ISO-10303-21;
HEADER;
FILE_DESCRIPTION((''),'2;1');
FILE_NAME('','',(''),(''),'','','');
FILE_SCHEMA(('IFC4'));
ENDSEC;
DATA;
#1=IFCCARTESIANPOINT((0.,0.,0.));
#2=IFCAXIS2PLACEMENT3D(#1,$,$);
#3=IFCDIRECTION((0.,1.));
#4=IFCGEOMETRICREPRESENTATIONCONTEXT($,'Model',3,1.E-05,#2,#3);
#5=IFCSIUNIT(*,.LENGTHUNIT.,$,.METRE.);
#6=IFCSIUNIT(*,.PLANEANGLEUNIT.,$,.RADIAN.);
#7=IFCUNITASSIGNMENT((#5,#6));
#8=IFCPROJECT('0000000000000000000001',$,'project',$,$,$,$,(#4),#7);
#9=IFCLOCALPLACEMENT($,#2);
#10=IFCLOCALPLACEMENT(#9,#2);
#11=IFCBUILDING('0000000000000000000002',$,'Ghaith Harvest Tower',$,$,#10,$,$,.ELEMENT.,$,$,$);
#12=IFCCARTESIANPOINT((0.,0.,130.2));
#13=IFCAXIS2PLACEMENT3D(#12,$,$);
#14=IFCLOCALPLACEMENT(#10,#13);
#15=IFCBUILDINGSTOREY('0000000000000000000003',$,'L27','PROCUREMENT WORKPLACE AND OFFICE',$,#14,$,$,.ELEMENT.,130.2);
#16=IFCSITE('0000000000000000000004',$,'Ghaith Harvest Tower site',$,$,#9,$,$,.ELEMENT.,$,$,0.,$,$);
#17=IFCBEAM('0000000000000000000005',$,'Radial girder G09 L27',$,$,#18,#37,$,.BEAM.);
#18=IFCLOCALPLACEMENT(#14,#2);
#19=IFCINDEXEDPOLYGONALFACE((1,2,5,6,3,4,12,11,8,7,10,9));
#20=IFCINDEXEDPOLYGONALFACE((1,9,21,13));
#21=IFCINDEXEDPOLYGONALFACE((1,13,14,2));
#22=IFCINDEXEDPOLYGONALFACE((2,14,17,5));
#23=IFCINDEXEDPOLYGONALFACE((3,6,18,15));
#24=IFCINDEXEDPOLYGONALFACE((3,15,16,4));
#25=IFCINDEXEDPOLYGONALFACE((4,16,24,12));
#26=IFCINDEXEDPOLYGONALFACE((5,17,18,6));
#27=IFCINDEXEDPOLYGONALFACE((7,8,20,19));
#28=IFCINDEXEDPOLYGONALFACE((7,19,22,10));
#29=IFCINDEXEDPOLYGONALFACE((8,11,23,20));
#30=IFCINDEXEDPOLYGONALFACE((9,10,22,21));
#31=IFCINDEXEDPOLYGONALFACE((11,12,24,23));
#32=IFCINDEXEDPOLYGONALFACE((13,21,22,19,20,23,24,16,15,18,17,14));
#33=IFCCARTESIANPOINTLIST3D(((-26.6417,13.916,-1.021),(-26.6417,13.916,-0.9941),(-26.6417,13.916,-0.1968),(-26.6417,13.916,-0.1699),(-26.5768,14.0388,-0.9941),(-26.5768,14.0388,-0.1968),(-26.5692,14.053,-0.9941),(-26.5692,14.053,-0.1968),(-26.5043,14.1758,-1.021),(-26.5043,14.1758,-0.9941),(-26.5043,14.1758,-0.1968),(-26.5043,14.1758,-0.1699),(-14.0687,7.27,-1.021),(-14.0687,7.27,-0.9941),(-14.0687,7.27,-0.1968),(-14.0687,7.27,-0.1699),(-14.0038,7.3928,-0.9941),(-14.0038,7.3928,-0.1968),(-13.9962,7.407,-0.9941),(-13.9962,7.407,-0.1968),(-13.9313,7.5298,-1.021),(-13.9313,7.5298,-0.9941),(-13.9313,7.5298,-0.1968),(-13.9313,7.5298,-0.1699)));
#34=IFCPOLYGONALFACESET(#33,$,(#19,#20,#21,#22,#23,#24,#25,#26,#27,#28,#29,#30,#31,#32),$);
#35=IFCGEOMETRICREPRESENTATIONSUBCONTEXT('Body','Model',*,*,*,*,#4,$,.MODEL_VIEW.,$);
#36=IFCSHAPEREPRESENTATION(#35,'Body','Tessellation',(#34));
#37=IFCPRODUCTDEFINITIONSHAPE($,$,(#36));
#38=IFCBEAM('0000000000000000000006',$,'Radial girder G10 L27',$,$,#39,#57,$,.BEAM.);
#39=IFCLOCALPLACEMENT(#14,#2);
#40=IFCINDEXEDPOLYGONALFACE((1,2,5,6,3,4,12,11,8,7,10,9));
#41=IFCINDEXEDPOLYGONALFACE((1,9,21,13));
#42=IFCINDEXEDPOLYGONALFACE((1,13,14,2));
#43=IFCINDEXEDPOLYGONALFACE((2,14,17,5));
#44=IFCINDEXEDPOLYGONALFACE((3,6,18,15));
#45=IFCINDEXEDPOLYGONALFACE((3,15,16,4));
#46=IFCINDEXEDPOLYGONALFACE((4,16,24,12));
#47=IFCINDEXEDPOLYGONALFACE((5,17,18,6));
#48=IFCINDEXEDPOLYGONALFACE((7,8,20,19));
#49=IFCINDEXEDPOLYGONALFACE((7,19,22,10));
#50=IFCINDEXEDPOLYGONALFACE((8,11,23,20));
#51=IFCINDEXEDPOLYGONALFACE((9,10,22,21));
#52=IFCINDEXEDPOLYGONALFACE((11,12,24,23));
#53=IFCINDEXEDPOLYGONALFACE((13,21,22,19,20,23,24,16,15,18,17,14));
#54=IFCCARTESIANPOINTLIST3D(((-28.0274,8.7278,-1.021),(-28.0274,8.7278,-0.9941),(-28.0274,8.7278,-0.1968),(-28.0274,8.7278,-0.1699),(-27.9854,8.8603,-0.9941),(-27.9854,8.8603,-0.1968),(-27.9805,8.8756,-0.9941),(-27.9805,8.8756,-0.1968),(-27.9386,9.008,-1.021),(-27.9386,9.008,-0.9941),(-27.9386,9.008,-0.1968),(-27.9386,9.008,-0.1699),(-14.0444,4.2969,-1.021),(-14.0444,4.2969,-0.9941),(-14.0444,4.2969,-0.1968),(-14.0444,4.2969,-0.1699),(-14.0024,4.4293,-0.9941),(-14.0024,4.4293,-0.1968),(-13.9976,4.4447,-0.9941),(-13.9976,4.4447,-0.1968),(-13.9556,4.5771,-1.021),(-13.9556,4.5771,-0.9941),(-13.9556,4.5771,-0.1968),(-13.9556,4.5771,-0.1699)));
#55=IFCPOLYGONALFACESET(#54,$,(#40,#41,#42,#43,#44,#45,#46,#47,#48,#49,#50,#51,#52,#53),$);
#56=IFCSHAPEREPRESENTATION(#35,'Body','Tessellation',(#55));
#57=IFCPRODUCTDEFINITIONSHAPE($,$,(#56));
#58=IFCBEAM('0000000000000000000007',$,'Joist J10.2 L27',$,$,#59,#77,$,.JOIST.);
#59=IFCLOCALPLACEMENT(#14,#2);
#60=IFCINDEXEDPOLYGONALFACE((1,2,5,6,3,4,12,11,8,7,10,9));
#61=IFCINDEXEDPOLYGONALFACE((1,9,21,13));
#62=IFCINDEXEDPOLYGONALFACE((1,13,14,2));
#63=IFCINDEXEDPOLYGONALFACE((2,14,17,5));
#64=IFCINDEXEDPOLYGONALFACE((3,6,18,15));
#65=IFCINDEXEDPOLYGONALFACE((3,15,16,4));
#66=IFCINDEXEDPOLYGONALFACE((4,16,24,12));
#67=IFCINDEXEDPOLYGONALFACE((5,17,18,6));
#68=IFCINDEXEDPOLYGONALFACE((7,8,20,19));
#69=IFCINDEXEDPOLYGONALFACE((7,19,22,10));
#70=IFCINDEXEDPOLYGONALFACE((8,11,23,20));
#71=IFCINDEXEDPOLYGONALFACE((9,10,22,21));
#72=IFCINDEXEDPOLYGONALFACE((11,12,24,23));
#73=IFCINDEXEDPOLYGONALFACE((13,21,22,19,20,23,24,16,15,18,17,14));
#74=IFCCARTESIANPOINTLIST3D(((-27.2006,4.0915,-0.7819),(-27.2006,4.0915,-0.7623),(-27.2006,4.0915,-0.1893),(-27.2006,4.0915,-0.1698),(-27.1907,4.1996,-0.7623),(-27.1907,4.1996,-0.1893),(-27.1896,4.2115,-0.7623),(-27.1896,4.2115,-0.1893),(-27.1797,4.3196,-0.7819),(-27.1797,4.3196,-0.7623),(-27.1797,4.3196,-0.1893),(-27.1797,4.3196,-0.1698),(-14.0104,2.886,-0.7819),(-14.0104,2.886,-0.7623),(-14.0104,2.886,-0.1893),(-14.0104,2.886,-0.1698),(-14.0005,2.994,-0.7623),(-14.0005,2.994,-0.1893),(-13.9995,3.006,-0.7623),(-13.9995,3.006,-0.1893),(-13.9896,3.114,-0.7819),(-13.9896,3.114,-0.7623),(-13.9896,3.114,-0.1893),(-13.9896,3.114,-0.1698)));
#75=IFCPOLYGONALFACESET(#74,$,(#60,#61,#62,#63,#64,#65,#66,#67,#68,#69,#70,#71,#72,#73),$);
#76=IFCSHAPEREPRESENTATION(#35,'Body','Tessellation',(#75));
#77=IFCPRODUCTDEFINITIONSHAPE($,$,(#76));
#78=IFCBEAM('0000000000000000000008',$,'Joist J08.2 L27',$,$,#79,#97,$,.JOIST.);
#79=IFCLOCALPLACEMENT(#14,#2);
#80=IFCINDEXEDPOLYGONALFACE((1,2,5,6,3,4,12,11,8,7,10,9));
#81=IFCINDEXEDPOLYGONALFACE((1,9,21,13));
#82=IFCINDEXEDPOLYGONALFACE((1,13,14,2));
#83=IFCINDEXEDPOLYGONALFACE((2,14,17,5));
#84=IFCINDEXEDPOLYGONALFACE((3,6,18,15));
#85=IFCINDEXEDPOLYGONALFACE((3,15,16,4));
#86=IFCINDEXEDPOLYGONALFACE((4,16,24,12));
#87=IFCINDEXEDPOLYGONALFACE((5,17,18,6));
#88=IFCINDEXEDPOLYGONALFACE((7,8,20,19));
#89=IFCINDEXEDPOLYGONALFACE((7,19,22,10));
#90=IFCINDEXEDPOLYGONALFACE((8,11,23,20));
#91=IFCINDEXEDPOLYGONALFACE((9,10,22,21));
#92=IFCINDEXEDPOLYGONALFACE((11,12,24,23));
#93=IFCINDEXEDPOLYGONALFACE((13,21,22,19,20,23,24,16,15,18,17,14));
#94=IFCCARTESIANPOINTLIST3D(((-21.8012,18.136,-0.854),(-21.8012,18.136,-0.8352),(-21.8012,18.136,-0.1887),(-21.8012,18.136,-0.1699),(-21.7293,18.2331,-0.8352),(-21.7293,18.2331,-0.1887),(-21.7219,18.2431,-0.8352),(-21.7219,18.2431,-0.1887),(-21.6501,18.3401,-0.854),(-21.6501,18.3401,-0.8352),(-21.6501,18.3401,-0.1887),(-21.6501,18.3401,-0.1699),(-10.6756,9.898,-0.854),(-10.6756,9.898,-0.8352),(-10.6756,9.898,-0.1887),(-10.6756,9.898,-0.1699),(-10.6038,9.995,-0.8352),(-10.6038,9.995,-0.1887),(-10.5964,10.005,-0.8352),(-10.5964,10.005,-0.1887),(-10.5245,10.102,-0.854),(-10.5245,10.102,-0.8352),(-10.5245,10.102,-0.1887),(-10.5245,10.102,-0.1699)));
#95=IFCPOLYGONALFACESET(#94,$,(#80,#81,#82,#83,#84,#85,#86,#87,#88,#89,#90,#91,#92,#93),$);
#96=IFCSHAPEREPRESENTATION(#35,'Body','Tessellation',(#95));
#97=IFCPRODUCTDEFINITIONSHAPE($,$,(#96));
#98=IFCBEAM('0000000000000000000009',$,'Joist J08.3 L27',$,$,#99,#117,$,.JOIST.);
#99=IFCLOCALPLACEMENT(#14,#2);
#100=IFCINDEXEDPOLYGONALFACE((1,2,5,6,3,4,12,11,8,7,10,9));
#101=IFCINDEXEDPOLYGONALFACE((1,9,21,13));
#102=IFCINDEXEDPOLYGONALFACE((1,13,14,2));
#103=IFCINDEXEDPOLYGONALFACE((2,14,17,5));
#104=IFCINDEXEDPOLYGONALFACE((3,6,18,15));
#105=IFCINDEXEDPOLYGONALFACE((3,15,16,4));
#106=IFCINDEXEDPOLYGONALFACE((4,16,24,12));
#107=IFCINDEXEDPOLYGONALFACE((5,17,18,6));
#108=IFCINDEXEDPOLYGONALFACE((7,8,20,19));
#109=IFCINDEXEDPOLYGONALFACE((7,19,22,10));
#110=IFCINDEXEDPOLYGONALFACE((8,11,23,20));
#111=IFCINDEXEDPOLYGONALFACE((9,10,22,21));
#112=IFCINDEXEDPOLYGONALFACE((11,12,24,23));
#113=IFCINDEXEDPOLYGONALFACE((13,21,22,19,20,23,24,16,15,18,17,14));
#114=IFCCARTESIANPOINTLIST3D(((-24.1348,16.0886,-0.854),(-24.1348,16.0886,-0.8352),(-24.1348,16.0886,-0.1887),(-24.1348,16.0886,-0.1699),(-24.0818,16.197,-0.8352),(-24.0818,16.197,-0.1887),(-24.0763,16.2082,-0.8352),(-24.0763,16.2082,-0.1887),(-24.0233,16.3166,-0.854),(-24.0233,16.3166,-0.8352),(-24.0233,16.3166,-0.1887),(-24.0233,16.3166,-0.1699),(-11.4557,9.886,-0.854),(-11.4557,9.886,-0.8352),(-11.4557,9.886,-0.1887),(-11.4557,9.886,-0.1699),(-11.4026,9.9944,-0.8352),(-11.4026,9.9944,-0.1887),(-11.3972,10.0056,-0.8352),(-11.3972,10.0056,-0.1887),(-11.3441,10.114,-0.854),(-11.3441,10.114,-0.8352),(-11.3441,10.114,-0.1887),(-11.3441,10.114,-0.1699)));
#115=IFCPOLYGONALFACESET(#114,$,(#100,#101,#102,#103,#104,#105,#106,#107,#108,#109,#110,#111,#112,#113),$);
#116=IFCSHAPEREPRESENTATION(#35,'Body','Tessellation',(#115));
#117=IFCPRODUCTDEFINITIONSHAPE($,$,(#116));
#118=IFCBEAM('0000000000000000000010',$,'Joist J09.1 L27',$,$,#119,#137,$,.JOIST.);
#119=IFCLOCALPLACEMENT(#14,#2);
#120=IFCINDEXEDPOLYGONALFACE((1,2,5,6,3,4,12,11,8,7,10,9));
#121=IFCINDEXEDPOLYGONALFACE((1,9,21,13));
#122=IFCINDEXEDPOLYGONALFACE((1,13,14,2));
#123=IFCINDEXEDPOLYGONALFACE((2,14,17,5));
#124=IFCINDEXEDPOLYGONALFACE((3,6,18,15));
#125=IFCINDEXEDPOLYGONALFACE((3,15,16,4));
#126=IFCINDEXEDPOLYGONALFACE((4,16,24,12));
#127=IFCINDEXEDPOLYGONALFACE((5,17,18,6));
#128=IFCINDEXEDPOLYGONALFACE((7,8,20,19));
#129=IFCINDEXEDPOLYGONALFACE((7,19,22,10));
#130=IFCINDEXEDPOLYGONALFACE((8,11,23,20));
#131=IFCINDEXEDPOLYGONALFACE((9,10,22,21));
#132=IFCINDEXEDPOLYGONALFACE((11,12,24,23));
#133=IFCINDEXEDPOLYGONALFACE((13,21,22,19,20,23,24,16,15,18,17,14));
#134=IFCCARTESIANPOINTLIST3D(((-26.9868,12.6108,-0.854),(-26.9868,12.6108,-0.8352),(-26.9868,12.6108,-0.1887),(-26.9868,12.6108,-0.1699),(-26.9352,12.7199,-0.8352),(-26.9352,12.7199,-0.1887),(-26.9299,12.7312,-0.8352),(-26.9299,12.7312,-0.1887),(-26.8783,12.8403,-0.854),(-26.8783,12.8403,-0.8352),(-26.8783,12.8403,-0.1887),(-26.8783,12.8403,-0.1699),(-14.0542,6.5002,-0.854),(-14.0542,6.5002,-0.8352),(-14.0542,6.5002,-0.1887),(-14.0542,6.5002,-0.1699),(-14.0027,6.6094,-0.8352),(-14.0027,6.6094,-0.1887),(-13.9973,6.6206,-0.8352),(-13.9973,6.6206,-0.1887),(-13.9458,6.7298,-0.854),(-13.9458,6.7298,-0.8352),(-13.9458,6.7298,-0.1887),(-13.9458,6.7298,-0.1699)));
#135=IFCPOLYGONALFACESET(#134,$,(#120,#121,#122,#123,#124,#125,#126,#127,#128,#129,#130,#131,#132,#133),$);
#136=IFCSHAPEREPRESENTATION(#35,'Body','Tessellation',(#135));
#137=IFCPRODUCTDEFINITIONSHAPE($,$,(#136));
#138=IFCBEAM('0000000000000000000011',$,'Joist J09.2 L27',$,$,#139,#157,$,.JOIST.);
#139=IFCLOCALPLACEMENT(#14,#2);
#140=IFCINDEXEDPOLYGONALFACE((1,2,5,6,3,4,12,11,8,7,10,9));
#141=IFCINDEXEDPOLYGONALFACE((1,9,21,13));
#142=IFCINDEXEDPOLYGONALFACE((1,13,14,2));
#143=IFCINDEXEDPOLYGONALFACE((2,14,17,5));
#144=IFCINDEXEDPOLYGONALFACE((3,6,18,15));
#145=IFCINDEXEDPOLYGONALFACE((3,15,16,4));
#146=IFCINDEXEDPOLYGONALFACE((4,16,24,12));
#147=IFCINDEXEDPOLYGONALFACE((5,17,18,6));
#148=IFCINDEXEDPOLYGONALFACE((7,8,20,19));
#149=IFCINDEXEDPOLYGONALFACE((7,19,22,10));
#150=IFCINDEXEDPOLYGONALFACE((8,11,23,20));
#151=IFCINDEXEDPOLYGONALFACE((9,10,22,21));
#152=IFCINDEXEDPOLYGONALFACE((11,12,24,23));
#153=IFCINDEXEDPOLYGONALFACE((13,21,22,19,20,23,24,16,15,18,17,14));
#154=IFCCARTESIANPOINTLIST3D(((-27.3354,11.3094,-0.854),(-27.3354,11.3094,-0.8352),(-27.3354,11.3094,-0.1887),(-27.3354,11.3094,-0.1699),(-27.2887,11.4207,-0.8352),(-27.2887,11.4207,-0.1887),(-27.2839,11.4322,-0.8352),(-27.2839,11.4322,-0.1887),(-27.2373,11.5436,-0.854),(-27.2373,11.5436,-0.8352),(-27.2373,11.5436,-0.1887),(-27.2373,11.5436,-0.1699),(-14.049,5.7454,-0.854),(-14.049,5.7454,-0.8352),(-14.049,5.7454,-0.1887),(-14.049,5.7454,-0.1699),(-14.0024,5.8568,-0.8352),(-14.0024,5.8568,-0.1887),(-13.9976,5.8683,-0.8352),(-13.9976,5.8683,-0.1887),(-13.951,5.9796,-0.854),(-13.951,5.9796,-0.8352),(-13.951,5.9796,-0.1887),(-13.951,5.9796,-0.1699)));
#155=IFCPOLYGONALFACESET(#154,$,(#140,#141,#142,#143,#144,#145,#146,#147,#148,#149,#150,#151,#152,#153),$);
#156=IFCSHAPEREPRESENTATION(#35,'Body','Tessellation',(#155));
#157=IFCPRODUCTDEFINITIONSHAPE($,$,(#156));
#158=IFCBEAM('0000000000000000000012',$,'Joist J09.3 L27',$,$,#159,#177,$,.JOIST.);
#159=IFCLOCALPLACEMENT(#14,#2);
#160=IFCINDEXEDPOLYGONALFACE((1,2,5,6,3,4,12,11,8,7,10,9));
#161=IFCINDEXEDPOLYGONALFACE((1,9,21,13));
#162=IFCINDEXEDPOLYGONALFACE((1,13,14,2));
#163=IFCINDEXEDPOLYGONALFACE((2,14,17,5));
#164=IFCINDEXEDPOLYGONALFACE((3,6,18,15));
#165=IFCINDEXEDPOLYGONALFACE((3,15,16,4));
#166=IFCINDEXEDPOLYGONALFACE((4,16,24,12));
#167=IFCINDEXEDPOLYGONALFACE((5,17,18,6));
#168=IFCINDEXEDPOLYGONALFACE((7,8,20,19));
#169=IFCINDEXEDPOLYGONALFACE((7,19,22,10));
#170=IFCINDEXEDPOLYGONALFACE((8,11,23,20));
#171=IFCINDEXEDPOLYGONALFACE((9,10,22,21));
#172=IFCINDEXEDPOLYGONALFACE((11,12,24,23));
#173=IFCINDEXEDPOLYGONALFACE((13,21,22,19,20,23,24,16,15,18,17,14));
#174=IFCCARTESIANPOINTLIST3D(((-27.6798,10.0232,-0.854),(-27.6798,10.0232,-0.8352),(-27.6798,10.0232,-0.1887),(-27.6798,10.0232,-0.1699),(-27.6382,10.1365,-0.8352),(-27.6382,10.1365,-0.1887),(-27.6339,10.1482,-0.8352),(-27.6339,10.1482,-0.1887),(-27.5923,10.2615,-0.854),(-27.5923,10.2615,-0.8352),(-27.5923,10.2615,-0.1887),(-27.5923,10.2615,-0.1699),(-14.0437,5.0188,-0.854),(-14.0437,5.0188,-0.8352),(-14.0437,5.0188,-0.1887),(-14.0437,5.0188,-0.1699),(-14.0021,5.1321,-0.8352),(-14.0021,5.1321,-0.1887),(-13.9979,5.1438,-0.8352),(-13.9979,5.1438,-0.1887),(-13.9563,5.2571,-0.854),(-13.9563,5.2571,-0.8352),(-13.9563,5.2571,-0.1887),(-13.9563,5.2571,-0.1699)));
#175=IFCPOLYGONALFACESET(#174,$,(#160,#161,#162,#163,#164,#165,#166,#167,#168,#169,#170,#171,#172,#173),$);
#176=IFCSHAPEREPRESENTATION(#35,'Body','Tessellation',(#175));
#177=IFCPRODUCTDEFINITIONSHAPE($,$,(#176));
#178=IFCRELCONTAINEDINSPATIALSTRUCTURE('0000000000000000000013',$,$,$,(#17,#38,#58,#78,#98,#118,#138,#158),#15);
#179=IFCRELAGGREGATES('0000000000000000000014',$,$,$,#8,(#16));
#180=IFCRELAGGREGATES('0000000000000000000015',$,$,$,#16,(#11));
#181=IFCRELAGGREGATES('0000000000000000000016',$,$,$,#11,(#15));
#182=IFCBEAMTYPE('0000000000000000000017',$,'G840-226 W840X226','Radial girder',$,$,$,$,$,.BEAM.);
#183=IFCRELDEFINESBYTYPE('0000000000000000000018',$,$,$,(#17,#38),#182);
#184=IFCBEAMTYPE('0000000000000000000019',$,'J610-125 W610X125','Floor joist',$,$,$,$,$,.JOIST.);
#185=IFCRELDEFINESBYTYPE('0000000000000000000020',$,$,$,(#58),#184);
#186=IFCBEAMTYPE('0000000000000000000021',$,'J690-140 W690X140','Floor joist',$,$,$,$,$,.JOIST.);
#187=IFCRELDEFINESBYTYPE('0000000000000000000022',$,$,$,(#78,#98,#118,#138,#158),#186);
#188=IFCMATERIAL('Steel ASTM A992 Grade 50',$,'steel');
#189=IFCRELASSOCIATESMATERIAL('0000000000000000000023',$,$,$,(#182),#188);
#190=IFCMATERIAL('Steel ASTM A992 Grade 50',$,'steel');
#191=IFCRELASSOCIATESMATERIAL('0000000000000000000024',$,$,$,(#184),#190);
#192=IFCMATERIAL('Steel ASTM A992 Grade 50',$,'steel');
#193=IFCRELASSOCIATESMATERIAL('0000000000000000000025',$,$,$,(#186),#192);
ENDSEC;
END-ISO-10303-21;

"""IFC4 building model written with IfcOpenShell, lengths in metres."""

from ifc_helpers import new_model, si_unit, direction, frame, origin, origin_2d, place, context, subcontext, project, spatial, i_section, extrude, material, material_profile, profile_set, type_object, element, save


model = new_model("IFC4")

# Units and contexts
model_context = context("Model", 3, precision=1e-05, world=origin(), true_north=direction((0.0, 1.0)))
body_context = subcontext(model_context, "Body", "Model", "MODEL_VIEW")
ifc_project = project(units=[si_unit("LENGTHUNIT", "METRE"), si_unit("PLANEANGLEUNIT", "RADIAN")], contexts=[model_context])

# Site, building, storey
site_placement = place(None, origin())
site = spatial("IfcSite", under=ifc_project, at=site_placement, Name="Ghaith Harvest Tower site", CompositionType="ELEMENT", RefElevation=0.0)
building_placement = place(site_placement, origin())
building = spatial("IfcBuilding", under=site, at=building_placement, Name="Ghaith Harvest Tower", CompositionType="ELEMENT")
storey_placement = place(building_placement, frame((0.0, 0.0, 130.2)))
storey = spatial("IfcBuildingStorey", under=building, at=storey_placement, Name="L27", Description="PROCUREMENT WORKPLACE AND OFFICE", CompositionType="ELEMENT", Elevation=130.2)

# Beams
ifc_material_1 = material(Name="Steel ASTM A992 Grade 50", Category="steel")
ifc_material_profile_1 = material_profile(ifc_material_1, i_section(OverallWidth=0.2939, OverallDepth=0.8511, WebThickness=0.0161, FlangeThickness=0.0269, at=origin_2d()), Name="W840X226")
ifc_profile_set_1 = profile_set([ifc_material_profile_1], Name="Steel ASTM A992 Grade 50")
beam_type_1 = type_object("IfcBeamType", Name="G840-226 W840X226", Description="Radial girder", PredefinedType="BEAM", material=ifc_profile_set_1)
beam_1_placement = place(storey_placement, frame((-14.0, 7.3999, -0.5955), z_axis=(-0.884087, 0.467322, 0.0), x_axis=(-0.467322, -0.884087, 0.0)))
element("IfcBeam", 1, at=beam_1_placement, inside=storey, type_object=beam_type_1, Name="Radial girder G09 L27", PredefinedType="BEAM", context=body_context, shape_type="SweptSolid", body=[
    extrude(i_section(OverallWidth=0.2939, OverallDepth=0.8511, WebThickness=0.0161, FlangeThickness=0.0269, at=origin_2d()), origin(), (0.0, 0.0, 1.0), 14.2214),
])
beam_2_placement = place(storey_placement, frame((-14.0, 4.437, -0.5955), z_axis=(-0.953284, 0.302077, 0.0), x_axis=(-0.302077, -0.953284, 0.0)))
element("IfcBeam", 2, at=beam_2_placement, inside=storey, type_object=beam_type_1, Name="Radial girder G10 L27", PredefinedType="BEAM", context=body_context, shape_type="SweptSolid", body=[
    extrude(i_section(OverallWidth=0.2939, OverallDepth=0.8511, WebThickness=0.0161, FlangeThickness=0.0269, at=origin_2d()), origin(), (0.0, 0.0, 1.0), 14.6682),
])
ifc_material_2 = material(Name="Steel ASTM A992 Grade 50", Category="steel")
ifc_material_profile_2 = material_profile(ifc_material_2, i_section(OverallWidth=0.229, OverallDepth=0.6121, WebThickness=0.012, FlangeThickness=0.0195, at=origin_2d()), Name="W610X125")
ifc_profile_set_2 = profile_set([ifc_material_profile_2], Name="Steel ASTM A992 Grade 50")
beam_type_2 = type_object("IfcBeamType", Name="J610-125 W610X125", Description="Floor joist", PredefinedType="JOIST", material=ifc_profile_set_2)
beam_3_placement = place(storey_placement, frame((-14.0, 3.0, -0.4758), z_axis=(-0.995849, 0.091019, 0.0), x_axis=(-0.091019, -0.995849, 0.0)))
element("IfcBeam", 3, at=beam_3_placement, inside=storey, type_object=beam_type_2, Name="Joist J10.2 L27", PredefinedType="JOIST", context=body_context, shape_type="SweptSolid", body=[
    extrude(i_section(OverallWidth=0.229, OverallDepth=0.6121, WebThickness=0.012, FlangeThickness=0.0195, at=origin_2d()), origin(), (0.0, 0.0, 1.0), 13.2451),
])
ifc_material_3 = material(Name="Steel ASTM A992 Grade 50", Category="steel")
ifc_material_profile_3 = material_profile(ifc_material_3, i_section(OverallWidth=0.2539, OverallDepth=0.6841, WebThickness=0.0125, FlangeThickness=0.0188, at=origin_2d()), Name="W690X140")
ifc_profile_set_3 = profile_set([ifc_material_profile_3], Name="Steel ASTM A992 Grade 50")
beam_type_3 = type_object("IfcBeamType", Name="J690-140 W690X140", Description="Floor joist", PredefinedType="JOIST", material=ifc_profile_set_3)
beam_4_placement = place(storey_placement, frame((-10.6001, 10.0, -0.512), z_axis=(-0.803663, 0.595085, 0.0), x_axis=(-0.595085, -0.803663, 0.0)))
element("IfcBeam", 4, at=beam_4_placement, inside=storey, type_object=beam_type_3, Name="Joist J08.2 L27", PredefinedType="JOIST", context=body_context, shape_type="SweptSolid", body=[
    extrude(i_section(OverallWidth=0.2539, OverallDepth=0.6841, WebThickness=0.0125, FlangeThickness=0.0188, at=origin_2d()), origin(), (0.0, 0.0, 1.0), 13.8435),
])
beam_5_placement = place(storey_placement, frame((-11.3999, 10.0, -0.512), z_axis=(-0.898275, 0.439434, 0.0), x_axis=(-0.439434, -0.898275, 0.0)))
element("IfcBeam", 5, at=beam_5_placement, inside=storey, type_object=beam_type_3, Name="Joist J08.3 L27", PredefinedType="JOIST", context=body_context, shape_type="SweptSolid", body=[
    extrude(i_section(OverallWidth=0.2539, OverallDepth=0.6841, WebThickness=0.0125, FlangeThickness=0.0188, at=origin_2d()), origin(), (0.0, 0.0, 1.0), 14.115),
])
beam_6_placement = place(storey_placement, frame((-14.0, 6.615, -0.512), z_axis=(-0.904153, 0.427208, 0.0), x_axis=(-0.427208, -0.904153, 0.0)))
element("IfcBeam", 6, at=beam_6_placement, inside=storey, type_object=beam_type_3, Name="Joist J09.1 L27", PredefinedType="JOIST", context=body_context, shape_type="SweptSolid", body=[
    extrude(i_section(OverallWidth=0.2539, OverallDepth=0.6841, WebThickness=0.0125, FlangeThickness=0.0188, at=origin_2d()), origin(), (0.0, 0.0, 1.0), 14.3035),
])
beam_7_placement = place(storey_placement, frame((-14.0, 5.8625, -0.512), z_axis=(-0.922386, 0.38627, 0.0), x_axis=(-0.38627, -0.922386, 0.0)))
element("IfcBeam", 7, at=beam_7_placement, inside=storey, type_object=beam_type_3, Name="Joist J09.2 L27", PredefinedType="JOIST", context=body_context, shape_type="SweptSolid", body=[
    extrude(i_section(OverallWidth=0.2539, OverallDepth=0.6841, WebThickness=0.0125, FlangeThickness=0.0188, at=origin_2d()), origin(), (0.0, 0.0, 1.0), 14.4043),
])
beam_8_placement = place(storey_placement, frame((-14.0, 5.1379, -0.512), z_axis=(-0.938775, 0.34453, 0.0), x_axis=(-0.34453, -0.938775, 0.0)))
element("IfcBeam", 8, at=beam_8_placement, inside=storey, type_object=beam_type_3, Name="Joist J09.3 L27", PredefinedType="JOIST", context=body_context, shape_type="SweptSolid", body=[
    extrude(i_section(OverallWidth=0.2539, OverallDepth=0.6841, WebThickness=0.0125, FlangeThickness=0.0188, at=origin_2d()), origin(), (0.0, 0.0, 1.0), 14.5254),
])

save(model, "model.ifc")
